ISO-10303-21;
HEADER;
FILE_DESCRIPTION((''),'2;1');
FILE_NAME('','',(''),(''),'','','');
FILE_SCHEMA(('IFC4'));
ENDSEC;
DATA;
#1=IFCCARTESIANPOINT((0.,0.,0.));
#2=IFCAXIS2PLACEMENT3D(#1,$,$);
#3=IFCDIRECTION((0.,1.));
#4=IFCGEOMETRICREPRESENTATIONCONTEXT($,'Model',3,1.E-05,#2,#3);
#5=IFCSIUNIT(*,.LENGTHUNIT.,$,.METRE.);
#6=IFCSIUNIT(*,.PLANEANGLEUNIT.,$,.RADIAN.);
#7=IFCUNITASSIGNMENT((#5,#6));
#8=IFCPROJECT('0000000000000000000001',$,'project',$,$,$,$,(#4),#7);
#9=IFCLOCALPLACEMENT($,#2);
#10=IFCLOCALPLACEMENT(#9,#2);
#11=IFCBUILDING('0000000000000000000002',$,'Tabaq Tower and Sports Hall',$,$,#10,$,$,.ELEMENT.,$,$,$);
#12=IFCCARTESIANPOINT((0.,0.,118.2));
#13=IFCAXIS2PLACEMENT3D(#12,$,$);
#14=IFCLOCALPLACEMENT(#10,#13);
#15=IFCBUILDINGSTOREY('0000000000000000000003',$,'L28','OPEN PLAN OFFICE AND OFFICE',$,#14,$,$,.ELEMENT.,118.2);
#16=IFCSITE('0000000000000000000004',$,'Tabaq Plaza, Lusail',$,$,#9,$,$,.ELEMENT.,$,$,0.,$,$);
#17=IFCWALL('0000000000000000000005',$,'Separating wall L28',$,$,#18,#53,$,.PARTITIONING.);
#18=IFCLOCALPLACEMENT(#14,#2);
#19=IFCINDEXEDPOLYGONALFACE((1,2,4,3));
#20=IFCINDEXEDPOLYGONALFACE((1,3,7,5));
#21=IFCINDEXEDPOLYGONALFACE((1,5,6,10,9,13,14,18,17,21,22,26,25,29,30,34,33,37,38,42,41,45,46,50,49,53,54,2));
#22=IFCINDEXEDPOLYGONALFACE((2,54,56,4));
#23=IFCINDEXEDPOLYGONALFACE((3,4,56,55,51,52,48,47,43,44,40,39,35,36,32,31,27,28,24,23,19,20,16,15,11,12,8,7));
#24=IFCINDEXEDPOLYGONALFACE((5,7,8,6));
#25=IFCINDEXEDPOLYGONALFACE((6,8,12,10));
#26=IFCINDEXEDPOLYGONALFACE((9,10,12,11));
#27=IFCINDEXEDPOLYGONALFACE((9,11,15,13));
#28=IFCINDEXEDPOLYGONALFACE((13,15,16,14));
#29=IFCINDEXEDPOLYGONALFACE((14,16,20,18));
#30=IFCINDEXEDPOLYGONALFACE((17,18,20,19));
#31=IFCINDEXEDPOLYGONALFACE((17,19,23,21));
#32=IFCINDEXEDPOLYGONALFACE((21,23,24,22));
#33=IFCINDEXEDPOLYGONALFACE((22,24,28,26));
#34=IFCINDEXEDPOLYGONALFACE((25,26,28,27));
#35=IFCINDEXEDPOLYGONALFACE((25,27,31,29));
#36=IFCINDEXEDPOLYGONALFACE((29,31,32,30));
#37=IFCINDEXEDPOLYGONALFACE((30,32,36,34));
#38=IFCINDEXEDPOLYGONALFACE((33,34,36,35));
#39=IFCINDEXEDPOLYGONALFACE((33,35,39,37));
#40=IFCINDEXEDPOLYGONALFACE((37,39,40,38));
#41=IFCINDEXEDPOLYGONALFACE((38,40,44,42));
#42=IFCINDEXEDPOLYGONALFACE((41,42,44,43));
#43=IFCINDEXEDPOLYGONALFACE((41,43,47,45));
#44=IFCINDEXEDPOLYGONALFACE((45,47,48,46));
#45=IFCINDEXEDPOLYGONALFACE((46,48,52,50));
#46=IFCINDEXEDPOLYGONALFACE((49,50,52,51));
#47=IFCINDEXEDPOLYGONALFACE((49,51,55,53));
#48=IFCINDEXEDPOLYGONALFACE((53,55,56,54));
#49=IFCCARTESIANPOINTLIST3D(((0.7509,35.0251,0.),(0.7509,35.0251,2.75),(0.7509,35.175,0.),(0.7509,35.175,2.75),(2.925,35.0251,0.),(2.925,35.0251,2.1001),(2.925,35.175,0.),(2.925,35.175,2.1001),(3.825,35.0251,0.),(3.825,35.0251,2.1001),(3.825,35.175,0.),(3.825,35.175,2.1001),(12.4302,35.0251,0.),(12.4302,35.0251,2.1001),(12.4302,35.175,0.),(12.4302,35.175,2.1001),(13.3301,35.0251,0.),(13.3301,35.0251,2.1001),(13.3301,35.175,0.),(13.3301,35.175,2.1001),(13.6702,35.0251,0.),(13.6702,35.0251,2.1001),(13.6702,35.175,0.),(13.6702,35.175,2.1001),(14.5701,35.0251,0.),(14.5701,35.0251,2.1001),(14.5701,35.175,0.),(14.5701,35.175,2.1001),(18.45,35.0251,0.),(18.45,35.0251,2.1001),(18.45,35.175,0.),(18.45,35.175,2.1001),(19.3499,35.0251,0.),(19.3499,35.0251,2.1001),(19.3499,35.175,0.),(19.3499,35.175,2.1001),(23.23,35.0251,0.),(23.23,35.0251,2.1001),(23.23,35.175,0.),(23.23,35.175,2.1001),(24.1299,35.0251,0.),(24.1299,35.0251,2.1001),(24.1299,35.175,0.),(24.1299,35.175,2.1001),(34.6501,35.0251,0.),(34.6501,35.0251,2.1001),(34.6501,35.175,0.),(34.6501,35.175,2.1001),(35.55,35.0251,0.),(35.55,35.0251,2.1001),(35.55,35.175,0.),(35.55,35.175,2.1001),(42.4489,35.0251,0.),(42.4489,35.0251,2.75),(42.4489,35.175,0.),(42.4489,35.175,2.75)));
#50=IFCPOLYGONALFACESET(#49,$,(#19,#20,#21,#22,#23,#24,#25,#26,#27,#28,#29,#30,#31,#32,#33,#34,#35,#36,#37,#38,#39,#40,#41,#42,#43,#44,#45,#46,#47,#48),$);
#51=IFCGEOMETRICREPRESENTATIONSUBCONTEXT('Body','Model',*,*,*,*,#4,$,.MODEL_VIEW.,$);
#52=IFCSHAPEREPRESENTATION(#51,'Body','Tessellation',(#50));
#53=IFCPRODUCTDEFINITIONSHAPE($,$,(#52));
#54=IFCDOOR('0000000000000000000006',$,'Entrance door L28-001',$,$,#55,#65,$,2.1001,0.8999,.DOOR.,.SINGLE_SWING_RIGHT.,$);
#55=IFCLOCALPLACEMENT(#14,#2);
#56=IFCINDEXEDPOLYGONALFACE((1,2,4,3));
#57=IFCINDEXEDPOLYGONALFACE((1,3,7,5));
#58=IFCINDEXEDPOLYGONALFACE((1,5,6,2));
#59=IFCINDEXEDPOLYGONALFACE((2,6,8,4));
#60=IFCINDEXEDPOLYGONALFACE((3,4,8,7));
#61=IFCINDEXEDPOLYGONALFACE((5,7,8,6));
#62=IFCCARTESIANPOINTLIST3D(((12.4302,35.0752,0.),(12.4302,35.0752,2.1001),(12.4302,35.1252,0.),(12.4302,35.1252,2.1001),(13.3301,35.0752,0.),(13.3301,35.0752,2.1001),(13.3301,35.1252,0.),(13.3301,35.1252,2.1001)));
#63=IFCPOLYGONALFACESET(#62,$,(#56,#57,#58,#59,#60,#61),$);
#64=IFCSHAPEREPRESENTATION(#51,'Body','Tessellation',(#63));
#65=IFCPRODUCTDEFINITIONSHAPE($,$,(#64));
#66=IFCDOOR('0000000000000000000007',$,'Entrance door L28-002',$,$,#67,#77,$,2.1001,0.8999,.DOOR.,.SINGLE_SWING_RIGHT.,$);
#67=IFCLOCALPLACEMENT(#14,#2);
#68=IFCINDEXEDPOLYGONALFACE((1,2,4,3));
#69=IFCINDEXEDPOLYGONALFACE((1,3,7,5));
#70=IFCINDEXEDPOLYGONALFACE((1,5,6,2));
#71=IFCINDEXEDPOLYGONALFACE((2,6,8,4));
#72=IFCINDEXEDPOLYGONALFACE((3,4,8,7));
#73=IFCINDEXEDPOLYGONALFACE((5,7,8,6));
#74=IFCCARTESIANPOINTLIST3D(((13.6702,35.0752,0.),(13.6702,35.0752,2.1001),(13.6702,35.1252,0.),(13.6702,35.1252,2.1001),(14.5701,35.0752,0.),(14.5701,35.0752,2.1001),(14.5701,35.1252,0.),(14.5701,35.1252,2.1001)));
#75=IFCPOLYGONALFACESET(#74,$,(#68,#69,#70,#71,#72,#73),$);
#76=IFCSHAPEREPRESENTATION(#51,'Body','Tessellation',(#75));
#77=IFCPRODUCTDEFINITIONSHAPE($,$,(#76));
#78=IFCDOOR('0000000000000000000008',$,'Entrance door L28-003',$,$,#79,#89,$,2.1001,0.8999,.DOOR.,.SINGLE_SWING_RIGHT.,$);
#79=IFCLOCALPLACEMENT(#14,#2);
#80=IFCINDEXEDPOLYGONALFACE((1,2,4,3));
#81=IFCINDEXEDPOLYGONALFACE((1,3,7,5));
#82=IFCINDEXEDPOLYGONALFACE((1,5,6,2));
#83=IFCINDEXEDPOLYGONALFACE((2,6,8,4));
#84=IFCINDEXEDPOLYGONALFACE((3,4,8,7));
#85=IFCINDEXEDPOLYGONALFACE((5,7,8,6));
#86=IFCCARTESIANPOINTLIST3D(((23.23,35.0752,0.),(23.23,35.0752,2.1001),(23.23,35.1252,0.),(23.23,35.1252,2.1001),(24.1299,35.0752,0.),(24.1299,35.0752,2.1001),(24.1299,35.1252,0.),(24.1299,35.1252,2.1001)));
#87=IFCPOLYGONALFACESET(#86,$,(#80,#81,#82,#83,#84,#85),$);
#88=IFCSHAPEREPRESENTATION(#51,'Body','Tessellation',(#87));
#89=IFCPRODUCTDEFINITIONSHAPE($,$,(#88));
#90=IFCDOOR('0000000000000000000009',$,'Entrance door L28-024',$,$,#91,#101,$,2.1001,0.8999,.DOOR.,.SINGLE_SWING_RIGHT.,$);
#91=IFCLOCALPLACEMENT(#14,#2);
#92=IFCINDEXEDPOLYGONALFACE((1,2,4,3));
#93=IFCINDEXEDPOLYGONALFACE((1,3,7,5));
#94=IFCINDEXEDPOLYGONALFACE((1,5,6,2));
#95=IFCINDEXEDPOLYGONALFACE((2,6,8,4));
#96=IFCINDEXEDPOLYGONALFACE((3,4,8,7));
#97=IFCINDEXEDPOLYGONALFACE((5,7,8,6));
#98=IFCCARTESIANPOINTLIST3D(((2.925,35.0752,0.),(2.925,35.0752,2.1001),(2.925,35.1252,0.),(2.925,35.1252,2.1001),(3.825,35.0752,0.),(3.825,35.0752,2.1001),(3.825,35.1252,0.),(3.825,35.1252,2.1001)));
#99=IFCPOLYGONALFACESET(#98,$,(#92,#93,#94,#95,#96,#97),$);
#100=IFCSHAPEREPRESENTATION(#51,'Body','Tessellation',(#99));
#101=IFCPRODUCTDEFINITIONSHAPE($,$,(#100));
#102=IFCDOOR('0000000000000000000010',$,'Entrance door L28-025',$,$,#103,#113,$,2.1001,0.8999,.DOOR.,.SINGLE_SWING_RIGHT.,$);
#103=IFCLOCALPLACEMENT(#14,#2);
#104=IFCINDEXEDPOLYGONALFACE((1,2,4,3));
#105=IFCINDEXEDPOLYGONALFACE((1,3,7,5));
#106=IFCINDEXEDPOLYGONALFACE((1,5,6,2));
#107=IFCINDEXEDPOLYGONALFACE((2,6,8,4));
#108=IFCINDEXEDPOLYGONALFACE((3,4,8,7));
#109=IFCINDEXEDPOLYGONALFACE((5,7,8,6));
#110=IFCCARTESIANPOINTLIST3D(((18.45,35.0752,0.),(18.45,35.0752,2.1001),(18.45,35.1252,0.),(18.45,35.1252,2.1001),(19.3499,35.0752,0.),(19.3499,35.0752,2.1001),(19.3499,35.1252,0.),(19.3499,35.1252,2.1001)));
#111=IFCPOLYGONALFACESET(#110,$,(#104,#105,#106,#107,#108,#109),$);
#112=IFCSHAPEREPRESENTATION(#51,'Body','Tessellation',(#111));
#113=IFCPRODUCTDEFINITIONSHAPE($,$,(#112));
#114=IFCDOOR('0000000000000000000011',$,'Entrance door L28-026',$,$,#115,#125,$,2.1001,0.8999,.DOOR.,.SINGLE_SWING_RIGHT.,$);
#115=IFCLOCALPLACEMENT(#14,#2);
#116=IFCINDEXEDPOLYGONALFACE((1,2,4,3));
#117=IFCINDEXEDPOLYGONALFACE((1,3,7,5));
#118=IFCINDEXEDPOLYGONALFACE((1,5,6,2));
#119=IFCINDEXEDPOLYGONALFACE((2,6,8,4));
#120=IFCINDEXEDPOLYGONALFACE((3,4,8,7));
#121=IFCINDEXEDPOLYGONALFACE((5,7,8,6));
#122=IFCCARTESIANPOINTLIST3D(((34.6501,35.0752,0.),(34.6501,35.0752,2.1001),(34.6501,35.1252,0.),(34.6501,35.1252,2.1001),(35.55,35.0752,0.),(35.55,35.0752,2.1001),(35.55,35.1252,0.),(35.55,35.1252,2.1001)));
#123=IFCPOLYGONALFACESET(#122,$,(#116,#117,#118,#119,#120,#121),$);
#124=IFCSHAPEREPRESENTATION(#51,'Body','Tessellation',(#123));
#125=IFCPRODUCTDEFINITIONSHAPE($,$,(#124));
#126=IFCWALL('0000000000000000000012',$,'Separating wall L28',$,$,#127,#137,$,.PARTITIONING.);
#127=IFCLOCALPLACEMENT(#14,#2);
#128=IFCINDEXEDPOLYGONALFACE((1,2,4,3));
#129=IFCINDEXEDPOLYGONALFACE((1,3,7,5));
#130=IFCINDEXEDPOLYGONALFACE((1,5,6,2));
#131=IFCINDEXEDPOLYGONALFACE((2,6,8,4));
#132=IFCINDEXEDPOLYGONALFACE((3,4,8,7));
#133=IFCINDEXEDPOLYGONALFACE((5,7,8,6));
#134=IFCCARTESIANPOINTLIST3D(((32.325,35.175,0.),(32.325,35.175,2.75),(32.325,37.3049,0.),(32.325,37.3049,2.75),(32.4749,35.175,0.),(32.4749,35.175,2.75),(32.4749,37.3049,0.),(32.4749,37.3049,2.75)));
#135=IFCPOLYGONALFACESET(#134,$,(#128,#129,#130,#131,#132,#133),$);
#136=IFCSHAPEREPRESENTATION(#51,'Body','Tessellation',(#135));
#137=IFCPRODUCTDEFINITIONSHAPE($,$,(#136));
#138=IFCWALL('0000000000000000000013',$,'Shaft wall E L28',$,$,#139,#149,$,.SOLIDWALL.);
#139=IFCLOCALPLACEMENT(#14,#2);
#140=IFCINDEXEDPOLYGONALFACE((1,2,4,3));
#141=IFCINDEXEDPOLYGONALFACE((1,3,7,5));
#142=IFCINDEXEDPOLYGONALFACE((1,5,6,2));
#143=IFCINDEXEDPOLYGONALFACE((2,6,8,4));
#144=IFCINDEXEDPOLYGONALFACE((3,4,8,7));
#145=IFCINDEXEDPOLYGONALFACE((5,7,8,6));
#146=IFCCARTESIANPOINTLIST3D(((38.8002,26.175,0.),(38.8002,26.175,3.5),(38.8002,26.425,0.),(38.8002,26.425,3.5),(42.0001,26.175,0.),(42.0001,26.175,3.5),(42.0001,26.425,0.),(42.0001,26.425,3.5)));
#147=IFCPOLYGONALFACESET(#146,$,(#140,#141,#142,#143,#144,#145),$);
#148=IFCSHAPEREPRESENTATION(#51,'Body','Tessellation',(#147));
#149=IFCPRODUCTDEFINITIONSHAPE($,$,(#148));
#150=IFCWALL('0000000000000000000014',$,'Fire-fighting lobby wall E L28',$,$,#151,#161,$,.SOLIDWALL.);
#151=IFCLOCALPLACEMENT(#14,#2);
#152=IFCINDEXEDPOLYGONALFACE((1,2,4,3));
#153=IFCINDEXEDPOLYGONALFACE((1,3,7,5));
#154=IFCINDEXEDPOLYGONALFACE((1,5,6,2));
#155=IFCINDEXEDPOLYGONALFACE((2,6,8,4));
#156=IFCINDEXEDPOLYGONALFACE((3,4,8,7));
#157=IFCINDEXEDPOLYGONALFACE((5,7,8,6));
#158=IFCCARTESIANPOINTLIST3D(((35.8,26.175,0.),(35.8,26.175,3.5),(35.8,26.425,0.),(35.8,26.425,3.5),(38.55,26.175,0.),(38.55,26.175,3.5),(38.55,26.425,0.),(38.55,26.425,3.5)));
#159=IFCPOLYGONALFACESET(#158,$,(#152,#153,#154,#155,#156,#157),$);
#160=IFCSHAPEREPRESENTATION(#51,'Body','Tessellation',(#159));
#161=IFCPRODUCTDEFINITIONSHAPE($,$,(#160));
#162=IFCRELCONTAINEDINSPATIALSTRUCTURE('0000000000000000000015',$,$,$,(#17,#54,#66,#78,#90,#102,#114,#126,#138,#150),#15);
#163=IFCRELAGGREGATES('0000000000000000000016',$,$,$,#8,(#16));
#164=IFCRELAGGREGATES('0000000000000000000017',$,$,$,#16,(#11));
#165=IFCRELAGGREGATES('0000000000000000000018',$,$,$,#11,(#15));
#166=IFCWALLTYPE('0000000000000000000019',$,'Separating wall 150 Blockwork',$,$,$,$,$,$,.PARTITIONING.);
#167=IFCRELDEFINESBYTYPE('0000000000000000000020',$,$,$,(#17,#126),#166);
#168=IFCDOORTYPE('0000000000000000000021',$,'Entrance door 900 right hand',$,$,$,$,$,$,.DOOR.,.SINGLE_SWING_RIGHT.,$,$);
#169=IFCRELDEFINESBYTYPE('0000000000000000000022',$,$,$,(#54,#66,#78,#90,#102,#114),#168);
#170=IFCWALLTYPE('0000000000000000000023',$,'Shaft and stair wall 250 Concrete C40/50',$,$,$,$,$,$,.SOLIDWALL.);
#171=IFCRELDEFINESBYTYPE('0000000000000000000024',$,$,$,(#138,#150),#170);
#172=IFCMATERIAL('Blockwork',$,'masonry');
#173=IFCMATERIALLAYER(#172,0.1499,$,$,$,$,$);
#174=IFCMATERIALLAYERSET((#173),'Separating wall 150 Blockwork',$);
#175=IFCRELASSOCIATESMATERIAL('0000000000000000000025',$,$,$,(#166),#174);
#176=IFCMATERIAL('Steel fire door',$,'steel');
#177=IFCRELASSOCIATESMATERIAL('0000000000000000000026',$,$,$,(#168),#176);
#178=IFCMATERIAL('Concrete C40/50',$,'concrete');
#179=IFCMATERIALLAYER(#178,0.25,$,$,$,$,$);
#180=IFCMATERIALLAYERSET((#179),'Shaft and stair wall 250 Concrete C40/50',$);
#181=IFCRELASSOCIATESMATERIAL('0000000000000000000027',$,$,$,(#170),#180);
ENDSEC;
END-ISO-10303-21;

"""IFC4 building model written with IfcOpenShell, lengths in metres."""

from ifc_helpers import new_model, si_unit, direction, frame, frame_2d, origin, place, context, subcontext, project, spatial, rectangle, extrude, material, layer, layer_set, type_object, element, fill, save


model = new_model("IFC4")

# Units and contexts
model_context = context("Model", 3, precision=1e-05, world=origin(), true_north=direction((0.0, 1.0)))
body_context = subcontext(model_context, "Body", "Model", "MODEL_VIEW")
ifc_project = project(units=[si_unit("LENGTHUNIT", "METRE"), si_unit("PLANEANGLEUNIT", "RADIAN")], contexts=[model_context])

# Site, building, storey
site_placement = place(None, origin())
site = spatial("IfcSite", under=ifc_project, at=site_placement, Name="Tabaq Plaza, Lusail", CompositionType="ELEMENT", RefElevation=0.0)
building_placement = place(site_placement, origin())
building = spatial("IfcBuilding", under=site, at=building_placement, Name="Tabaq Tower and Sports Hall", CompositionType="ELEMENT")
storey_placement = place(building_placement, frame((0.0, 0.0, 118.2)))
storey = spatial("IfcBuildingStorey", under=building, at=storey_placement, Name="L28", Description="OPEN PLAN OFFICE AND OFFICE", CompositionType="ELEMENT", Elevation=118.2)

# Wall, openings, doors
ifc_material_1 = material(Name="Blockwork", Category="masonry")
ifc_layer_1 = layer(ifc_material_1, 0.1499)
ifc_layer_set_1 = layer_set([ifc_layer_1], Name="Separating wall 150 Blockwork")
wall_type_1 = type_object("IfcWallType", Name="Separating wall 150 Blockwork", PredefinedType="PARTITIONING", material=ifc_layer_set_1)
wall_1_placement = place(storey_placement, frame((42.449, 35.1001, 0.0), z_axis=(0.0, 0.0, 1.0), x_axis=(-1.0, 0.0, 0.0)))
wall_1 = element("IfcWall", 1, at=wall_1_placement, inside=storey, type_object=wall_type_1, Name="Separating wall L28", PredefinedType="PARTITIONING", context=body_context, shape_type="SweptSolid", body=[
    extrude(rectangle(XDim=41.698, YDim=0.1499, at=frame_2d((20.8491, 0.0))), origin(), (0.0, 0.0, 1.0), 2.75),
])
opening_1_placement = place(wall_1_placement, frame((29.1189, 0.0, 0.0)))
opening_1 = element("IfcOpeningElement", 2, at=opening_1_placement, cuts=wall_1, PredefinedType="OPENING", context=body_context, shape_type="SweptSolid", body=[
    extrude(rectangle(XDim=0.8999, YDim=2.1001, at=frame_2d((0.45, 1.05))), frame((0.0, 0.075, 0.0), z_axis=(0.0, -1.0, 0.0), x_axis=(1.0, 0.0, 0.0)), (0.0, 0.0, 1.0), 0.1499),
])
opening_2_placement = place(wall_1_placement, frame((27.8789, 0.0, 0.0)))
opening_2 = element("IfcOpeningElement", 3, at=opening_2_placement, cuts=wall_1, PredefinedType="OPENING", context=body_context, shape_type="SweptSolid", body=[
    extrude(rectangle(XDim=0.8999, YDim=2.1001, at=frame_2d((0.45, 1.05))), frame((0.0, 0.075, 0.0), z_axis=(0.0, -1.0, 0.0), x_axis=(1.0, 0.0, 0.0)), (0.0, 0.0, 1.0), 0.1499),
])
opening_3_placement = place(wall_1_placement, frame((18.3191, 0.0, 0.0)))
opening_3 = element("IfcOpeningElement", 4, at=opening_3_placement, cuts=wall_1, PredefinedType="OPENING", context=body_context, shape_type="SweptSolid", body=[
    extrude(rectangle(XDim=0.8999, YDim=2.1001, at=frame_2d((0.45, 1.05))), frame((0.0, 0.075, 0.0), z_axis=(0.0, -1.0, 0.0), x_axis=(1.0, 0.0, 0.0)), (0.0, 0.0, 1.0), 0.1499),
])
opening_4_placement = place(wall_1_placement, frame((38.624, 0.0, 0.0)))
opening_4 = element("IfcOpeningElement", 5, at=opening_4_placement, cuts=wall_1, PredefinedType="OPENING", context=body_context, shape_type="SweptSolid", body=[
    extrude(rectangle(XDim=0.8999, YDim=2.1001, at=frame_2d((0.45, 1.05))), frame((0.0, 0.075, 0.0), z_axis=(0.0, -1.0, 0.0), x_axis=(1.0, 0.0, 0.0)), (0.0, 0.0, 1.0), 0.1499),
])
opening_5_placement = place(wall_1_placement, frame((23.0991, 0.0, 0.0)))
opening_5 = element("IfcOpeningElement", 6, at=opening_5_placement, cuts=wall_1, PredefinedType="OPENING", context=body_context, shape_type="SweptSolid", body=[
    extrude(rectangle(XDim=0.8999, YDim=2.1001, at=frame_2d((0.45, 1.05))), frame((0.0, 0.075, 0.0), z_axis=(0.0, -1.0, 0.0), x_axis=(1.0, 0.0, 0.0)), (0.0, 0.0, 1.0), 0.1499),
])
opening_6_placement = place(wall_1_placement, frame((6.8989, 0.0, 0.0)))
opening_6 = element("IfcOpeningElement", 7, at=opening_6_placement, cuts=wall_1, PredefinedType="OPENING", context=body_context, shape_type="SweptSolid", body=[
    extrude(rectangle(XDim=0.8999, YDim=2.1001, at=frame_2d((0.45, 1.05))), frame((0.0, 0.075, 0.0), z_axis=(0.0, -1.0, 0.0), x_axis=(1.0, 0.0, 0.0)), (0.0, 0.0, 1.0), 0.1499),
])
ifc_material_2 = material(Name="Steel fire door", Category="steel")
door_type_1 = type_object("IfcDoorType", Name="Entrance door 900 right hand", OperationType="SINGLE_SWING_RIGHT", PredefinedType="DOOR", material=ifc_material_2)
door_1_placement = place(opening_1_placement, origin())
door_1 = element("IfcDoor", 8, at=door_1_placement, inside=storey, type_object=door_type_1, Name="Entrance door L28-001", OperationType="SINGLE_SWING_RIGHT", OverallHeight=2.1001, OverallWidth=0.8999, PredefinedType="DOOR", context=body_context, shape_type="SweptSolid", body=[
    extrude(rectangle(XDim=0.8999, YDim=2.1001, at=frame_2d((0.45, 1.05))), frame((0.0, 0.0249, 0.0), z_axis=(0.0, -1.0, 0.0), x_axis=(1.0, 0.0, 0.0)), (0.0, 0.0, 1.0), 0.05),
])
fill(opening_1, door_1)
door_2_placement = place(opening_2_placement, origin())
door_2 = element("IfcDoor", 9, at=door_2_placement, inside=storey, type_object=door_type_1, Name="Entrance door L28-002", OperationType="SINGLE_SWING_RIGHT", OverallHeight=2.1001, OverallWidth=0.8999, PredefinedType="DOOR", context=body_context, shape_type="SweptSolid", body=[
    extrude(rectangle(XDim=0.8999, YDim=2.1001, at=frame_2d((0.45, 1.05))), frame((0.0, 0.0249, 0.0), z_axis=(0.0, -1.0, 0.0), x_axis=(1.0, 0.0, 0.0)), (0.0, 0.0, 1.0), 0.05),
])
fill(opening_2, door_2)
door_3_placement = place(opening_3_placement, origin())
door_3 = element("IfcDoor", 10, at=door_3_placement, inside=storey, type_object=door_type_1, Name="Entrance door L28-003", OperationType="SINGLE_SWING_RIGHT", OverallHeight=2.1001, OverallWidth=0.8999, PredefinedType="DOOR", context=body_context, shape_type="SweptSolid", body=[
    extrude(rectangle(XDim=0.8999, YDim=2.1001, at=frame_2d((0.45, 1.05))), frame((0.0, 0.0249, 0.0), z_axis=(0.0, -1.0, 0.0), x_axis=(1.0, 0.0, 0.0)), (0.0, 0.0, 1.0), 0.05),
])
fill(opening_3, door_3)
door_4_placement = place(opening_4_placement, origin())
door_4 = element("IfcDoor", 11, at=door_4_placement, inside=storey, type_object=door_type_1, Name="Entrance door L28-024", OperationType="SINGLE_SWING_RIGHT", OverallHeight=2.1001, OverallWidth=0.8999, PredefinedType="DOOR", context=body_context, shape_type="SweptSolid", body=[
    extrude(rectangle(XDim=0.8999, YDim=2.1001, at=frame_2d((0.45, 1.05))), frame((0.0, 0.0249, 0.0), z_axis=(0.0, -1.0, 0.0), x_axis=(1.0, 0.0, 0.0)), (0.0, 0.0, 1.0), 0.05),
])
fill(opening_4, door_4)
door_5_placement = place(opening_5_placement, origin())
door_5 = element("IfcDoor", 12, at=door_5_placement, inside=storey, type_object=door_type_1, Name="Entrance door L28-025", OperationType="SINGLE_SWING_RIGHT", OverallHeight=2.1001, OverallWidth=0.8999, PredefinedType="DOOR", context=body_context, shape_type="SweptSolid", body=[
    extrude(rectangle(XDim=0.8999, YDim=2.1001, at=frame_2d((0.45, 1.05))), frame((0.0, 0.0249, 0.0), z_axis=(0.0, -1.0, 0.0), x_axis=(1.0, 0.0, 0.0)), (0.0, 0.0, 1.0), 0.05),
])
fill(opening_5, door_5)
door_6_placement = place(opening_6_placement, origin())
door_6 = element("IfcDoor", 13, at=door_6_placement, inside=storey, type_object=door_type_1, Name="Entrance door L28-026", OperationType="SINGLE_SWING_RIGHT", OverallHeight=2.1001, OverallWidth=0.8999, PredefinedType="DOOR", context=body_context, shape_type="SweptSolid", body=[
    extrude(rectangle(XDim=0.8999, YDim=2.1001, at=frame_2d((0.45, 1.05))), frame((0.0, 0.0249, 0.0), z_axis=(0.0, -1.0, 0.0), x_axis=(1.0, 0.0, 0.0)), (0.0, 0.0, 1.0), 0.05),
])
fill(opening_6, door_6)

# Walls
wall_2_placement = place(storey_placement, frame((32.3999, 35.175, 0.0), z_axis=(0.0, 0.0, 1.0), x_axis=(0.0, 1.0, 0.0)))
element("IfcWall", 14, at=wall_2_placement, inside=storey, type_object=wall_type_1, Name="Separating wall L28", PredefinedType="PARTITIONING", context=body_context, shape_type="SweptSolid", body=[
    extrude(rectangle(XDim=2.1299, YDim=0.1499, at=frame_2d((1.0649, 0.0))), origin(), (0.0, 0.0, 1.0), 2.75),
])
ifc_material_3 = material(Name="Concrete C40/50", Category="concrete")
ifc_layer_2 = layer(ifc_material_3, 0.25)
ifc_layer_set_2 = layer_set([ifc_layer_2], Name="Shaft and stair wall 250 Concrete C40/50")
wall_type_2 = type_object("IfcWallType", Name="Shaft and stair wall 250 Concrete C40/50", PredefinedType="SOLIDWALL", material=ifc_layer_set_2)
wall_3_placement = place(storey_placement, frame((38.8, 26.3, 0.0), z_axis=(0.0, 0.0, 1.0), x_axis=(1.0, 0.0, 0.0)))
element("IfcWall", 15, at=wall_3_placement, inside=storey, type_object=wall_type_2, Name="Shaft wall E L28", PredefinedType="SOLIDWALL", context=body_context, shape_type="SweptSolid", body=[
    extrude(rectangle(XDim=3.2, YDim=0.25, at=frame_2d((1.6001, 0.0))), origin(), (0.0, 0.0, 1.0), 3.5),
])
wall_4_placement = place(storey_placement, frame((35.8, 26.3, 0.0), z_axis=(0.0, 0.0, 1.0), x_axis=(1.0, 0.0, 0.0)))
element("IfcWall", 16, at=wall_4_placement, inside=storey, type_object=wall_type_2, Name="Fire-fighting lobby wall E L28", PredefinedType="SOLIDWALL", context=body_context, shape_type="SweptSolid", body=[
    extrude(rectangle(XDim=2.75, YDim=0.25, at=frame_2d((1.375, 0.0))), origin(), (0.0, 0.0, 1.0), 3.5),
])

save(model, "model.ifc")
